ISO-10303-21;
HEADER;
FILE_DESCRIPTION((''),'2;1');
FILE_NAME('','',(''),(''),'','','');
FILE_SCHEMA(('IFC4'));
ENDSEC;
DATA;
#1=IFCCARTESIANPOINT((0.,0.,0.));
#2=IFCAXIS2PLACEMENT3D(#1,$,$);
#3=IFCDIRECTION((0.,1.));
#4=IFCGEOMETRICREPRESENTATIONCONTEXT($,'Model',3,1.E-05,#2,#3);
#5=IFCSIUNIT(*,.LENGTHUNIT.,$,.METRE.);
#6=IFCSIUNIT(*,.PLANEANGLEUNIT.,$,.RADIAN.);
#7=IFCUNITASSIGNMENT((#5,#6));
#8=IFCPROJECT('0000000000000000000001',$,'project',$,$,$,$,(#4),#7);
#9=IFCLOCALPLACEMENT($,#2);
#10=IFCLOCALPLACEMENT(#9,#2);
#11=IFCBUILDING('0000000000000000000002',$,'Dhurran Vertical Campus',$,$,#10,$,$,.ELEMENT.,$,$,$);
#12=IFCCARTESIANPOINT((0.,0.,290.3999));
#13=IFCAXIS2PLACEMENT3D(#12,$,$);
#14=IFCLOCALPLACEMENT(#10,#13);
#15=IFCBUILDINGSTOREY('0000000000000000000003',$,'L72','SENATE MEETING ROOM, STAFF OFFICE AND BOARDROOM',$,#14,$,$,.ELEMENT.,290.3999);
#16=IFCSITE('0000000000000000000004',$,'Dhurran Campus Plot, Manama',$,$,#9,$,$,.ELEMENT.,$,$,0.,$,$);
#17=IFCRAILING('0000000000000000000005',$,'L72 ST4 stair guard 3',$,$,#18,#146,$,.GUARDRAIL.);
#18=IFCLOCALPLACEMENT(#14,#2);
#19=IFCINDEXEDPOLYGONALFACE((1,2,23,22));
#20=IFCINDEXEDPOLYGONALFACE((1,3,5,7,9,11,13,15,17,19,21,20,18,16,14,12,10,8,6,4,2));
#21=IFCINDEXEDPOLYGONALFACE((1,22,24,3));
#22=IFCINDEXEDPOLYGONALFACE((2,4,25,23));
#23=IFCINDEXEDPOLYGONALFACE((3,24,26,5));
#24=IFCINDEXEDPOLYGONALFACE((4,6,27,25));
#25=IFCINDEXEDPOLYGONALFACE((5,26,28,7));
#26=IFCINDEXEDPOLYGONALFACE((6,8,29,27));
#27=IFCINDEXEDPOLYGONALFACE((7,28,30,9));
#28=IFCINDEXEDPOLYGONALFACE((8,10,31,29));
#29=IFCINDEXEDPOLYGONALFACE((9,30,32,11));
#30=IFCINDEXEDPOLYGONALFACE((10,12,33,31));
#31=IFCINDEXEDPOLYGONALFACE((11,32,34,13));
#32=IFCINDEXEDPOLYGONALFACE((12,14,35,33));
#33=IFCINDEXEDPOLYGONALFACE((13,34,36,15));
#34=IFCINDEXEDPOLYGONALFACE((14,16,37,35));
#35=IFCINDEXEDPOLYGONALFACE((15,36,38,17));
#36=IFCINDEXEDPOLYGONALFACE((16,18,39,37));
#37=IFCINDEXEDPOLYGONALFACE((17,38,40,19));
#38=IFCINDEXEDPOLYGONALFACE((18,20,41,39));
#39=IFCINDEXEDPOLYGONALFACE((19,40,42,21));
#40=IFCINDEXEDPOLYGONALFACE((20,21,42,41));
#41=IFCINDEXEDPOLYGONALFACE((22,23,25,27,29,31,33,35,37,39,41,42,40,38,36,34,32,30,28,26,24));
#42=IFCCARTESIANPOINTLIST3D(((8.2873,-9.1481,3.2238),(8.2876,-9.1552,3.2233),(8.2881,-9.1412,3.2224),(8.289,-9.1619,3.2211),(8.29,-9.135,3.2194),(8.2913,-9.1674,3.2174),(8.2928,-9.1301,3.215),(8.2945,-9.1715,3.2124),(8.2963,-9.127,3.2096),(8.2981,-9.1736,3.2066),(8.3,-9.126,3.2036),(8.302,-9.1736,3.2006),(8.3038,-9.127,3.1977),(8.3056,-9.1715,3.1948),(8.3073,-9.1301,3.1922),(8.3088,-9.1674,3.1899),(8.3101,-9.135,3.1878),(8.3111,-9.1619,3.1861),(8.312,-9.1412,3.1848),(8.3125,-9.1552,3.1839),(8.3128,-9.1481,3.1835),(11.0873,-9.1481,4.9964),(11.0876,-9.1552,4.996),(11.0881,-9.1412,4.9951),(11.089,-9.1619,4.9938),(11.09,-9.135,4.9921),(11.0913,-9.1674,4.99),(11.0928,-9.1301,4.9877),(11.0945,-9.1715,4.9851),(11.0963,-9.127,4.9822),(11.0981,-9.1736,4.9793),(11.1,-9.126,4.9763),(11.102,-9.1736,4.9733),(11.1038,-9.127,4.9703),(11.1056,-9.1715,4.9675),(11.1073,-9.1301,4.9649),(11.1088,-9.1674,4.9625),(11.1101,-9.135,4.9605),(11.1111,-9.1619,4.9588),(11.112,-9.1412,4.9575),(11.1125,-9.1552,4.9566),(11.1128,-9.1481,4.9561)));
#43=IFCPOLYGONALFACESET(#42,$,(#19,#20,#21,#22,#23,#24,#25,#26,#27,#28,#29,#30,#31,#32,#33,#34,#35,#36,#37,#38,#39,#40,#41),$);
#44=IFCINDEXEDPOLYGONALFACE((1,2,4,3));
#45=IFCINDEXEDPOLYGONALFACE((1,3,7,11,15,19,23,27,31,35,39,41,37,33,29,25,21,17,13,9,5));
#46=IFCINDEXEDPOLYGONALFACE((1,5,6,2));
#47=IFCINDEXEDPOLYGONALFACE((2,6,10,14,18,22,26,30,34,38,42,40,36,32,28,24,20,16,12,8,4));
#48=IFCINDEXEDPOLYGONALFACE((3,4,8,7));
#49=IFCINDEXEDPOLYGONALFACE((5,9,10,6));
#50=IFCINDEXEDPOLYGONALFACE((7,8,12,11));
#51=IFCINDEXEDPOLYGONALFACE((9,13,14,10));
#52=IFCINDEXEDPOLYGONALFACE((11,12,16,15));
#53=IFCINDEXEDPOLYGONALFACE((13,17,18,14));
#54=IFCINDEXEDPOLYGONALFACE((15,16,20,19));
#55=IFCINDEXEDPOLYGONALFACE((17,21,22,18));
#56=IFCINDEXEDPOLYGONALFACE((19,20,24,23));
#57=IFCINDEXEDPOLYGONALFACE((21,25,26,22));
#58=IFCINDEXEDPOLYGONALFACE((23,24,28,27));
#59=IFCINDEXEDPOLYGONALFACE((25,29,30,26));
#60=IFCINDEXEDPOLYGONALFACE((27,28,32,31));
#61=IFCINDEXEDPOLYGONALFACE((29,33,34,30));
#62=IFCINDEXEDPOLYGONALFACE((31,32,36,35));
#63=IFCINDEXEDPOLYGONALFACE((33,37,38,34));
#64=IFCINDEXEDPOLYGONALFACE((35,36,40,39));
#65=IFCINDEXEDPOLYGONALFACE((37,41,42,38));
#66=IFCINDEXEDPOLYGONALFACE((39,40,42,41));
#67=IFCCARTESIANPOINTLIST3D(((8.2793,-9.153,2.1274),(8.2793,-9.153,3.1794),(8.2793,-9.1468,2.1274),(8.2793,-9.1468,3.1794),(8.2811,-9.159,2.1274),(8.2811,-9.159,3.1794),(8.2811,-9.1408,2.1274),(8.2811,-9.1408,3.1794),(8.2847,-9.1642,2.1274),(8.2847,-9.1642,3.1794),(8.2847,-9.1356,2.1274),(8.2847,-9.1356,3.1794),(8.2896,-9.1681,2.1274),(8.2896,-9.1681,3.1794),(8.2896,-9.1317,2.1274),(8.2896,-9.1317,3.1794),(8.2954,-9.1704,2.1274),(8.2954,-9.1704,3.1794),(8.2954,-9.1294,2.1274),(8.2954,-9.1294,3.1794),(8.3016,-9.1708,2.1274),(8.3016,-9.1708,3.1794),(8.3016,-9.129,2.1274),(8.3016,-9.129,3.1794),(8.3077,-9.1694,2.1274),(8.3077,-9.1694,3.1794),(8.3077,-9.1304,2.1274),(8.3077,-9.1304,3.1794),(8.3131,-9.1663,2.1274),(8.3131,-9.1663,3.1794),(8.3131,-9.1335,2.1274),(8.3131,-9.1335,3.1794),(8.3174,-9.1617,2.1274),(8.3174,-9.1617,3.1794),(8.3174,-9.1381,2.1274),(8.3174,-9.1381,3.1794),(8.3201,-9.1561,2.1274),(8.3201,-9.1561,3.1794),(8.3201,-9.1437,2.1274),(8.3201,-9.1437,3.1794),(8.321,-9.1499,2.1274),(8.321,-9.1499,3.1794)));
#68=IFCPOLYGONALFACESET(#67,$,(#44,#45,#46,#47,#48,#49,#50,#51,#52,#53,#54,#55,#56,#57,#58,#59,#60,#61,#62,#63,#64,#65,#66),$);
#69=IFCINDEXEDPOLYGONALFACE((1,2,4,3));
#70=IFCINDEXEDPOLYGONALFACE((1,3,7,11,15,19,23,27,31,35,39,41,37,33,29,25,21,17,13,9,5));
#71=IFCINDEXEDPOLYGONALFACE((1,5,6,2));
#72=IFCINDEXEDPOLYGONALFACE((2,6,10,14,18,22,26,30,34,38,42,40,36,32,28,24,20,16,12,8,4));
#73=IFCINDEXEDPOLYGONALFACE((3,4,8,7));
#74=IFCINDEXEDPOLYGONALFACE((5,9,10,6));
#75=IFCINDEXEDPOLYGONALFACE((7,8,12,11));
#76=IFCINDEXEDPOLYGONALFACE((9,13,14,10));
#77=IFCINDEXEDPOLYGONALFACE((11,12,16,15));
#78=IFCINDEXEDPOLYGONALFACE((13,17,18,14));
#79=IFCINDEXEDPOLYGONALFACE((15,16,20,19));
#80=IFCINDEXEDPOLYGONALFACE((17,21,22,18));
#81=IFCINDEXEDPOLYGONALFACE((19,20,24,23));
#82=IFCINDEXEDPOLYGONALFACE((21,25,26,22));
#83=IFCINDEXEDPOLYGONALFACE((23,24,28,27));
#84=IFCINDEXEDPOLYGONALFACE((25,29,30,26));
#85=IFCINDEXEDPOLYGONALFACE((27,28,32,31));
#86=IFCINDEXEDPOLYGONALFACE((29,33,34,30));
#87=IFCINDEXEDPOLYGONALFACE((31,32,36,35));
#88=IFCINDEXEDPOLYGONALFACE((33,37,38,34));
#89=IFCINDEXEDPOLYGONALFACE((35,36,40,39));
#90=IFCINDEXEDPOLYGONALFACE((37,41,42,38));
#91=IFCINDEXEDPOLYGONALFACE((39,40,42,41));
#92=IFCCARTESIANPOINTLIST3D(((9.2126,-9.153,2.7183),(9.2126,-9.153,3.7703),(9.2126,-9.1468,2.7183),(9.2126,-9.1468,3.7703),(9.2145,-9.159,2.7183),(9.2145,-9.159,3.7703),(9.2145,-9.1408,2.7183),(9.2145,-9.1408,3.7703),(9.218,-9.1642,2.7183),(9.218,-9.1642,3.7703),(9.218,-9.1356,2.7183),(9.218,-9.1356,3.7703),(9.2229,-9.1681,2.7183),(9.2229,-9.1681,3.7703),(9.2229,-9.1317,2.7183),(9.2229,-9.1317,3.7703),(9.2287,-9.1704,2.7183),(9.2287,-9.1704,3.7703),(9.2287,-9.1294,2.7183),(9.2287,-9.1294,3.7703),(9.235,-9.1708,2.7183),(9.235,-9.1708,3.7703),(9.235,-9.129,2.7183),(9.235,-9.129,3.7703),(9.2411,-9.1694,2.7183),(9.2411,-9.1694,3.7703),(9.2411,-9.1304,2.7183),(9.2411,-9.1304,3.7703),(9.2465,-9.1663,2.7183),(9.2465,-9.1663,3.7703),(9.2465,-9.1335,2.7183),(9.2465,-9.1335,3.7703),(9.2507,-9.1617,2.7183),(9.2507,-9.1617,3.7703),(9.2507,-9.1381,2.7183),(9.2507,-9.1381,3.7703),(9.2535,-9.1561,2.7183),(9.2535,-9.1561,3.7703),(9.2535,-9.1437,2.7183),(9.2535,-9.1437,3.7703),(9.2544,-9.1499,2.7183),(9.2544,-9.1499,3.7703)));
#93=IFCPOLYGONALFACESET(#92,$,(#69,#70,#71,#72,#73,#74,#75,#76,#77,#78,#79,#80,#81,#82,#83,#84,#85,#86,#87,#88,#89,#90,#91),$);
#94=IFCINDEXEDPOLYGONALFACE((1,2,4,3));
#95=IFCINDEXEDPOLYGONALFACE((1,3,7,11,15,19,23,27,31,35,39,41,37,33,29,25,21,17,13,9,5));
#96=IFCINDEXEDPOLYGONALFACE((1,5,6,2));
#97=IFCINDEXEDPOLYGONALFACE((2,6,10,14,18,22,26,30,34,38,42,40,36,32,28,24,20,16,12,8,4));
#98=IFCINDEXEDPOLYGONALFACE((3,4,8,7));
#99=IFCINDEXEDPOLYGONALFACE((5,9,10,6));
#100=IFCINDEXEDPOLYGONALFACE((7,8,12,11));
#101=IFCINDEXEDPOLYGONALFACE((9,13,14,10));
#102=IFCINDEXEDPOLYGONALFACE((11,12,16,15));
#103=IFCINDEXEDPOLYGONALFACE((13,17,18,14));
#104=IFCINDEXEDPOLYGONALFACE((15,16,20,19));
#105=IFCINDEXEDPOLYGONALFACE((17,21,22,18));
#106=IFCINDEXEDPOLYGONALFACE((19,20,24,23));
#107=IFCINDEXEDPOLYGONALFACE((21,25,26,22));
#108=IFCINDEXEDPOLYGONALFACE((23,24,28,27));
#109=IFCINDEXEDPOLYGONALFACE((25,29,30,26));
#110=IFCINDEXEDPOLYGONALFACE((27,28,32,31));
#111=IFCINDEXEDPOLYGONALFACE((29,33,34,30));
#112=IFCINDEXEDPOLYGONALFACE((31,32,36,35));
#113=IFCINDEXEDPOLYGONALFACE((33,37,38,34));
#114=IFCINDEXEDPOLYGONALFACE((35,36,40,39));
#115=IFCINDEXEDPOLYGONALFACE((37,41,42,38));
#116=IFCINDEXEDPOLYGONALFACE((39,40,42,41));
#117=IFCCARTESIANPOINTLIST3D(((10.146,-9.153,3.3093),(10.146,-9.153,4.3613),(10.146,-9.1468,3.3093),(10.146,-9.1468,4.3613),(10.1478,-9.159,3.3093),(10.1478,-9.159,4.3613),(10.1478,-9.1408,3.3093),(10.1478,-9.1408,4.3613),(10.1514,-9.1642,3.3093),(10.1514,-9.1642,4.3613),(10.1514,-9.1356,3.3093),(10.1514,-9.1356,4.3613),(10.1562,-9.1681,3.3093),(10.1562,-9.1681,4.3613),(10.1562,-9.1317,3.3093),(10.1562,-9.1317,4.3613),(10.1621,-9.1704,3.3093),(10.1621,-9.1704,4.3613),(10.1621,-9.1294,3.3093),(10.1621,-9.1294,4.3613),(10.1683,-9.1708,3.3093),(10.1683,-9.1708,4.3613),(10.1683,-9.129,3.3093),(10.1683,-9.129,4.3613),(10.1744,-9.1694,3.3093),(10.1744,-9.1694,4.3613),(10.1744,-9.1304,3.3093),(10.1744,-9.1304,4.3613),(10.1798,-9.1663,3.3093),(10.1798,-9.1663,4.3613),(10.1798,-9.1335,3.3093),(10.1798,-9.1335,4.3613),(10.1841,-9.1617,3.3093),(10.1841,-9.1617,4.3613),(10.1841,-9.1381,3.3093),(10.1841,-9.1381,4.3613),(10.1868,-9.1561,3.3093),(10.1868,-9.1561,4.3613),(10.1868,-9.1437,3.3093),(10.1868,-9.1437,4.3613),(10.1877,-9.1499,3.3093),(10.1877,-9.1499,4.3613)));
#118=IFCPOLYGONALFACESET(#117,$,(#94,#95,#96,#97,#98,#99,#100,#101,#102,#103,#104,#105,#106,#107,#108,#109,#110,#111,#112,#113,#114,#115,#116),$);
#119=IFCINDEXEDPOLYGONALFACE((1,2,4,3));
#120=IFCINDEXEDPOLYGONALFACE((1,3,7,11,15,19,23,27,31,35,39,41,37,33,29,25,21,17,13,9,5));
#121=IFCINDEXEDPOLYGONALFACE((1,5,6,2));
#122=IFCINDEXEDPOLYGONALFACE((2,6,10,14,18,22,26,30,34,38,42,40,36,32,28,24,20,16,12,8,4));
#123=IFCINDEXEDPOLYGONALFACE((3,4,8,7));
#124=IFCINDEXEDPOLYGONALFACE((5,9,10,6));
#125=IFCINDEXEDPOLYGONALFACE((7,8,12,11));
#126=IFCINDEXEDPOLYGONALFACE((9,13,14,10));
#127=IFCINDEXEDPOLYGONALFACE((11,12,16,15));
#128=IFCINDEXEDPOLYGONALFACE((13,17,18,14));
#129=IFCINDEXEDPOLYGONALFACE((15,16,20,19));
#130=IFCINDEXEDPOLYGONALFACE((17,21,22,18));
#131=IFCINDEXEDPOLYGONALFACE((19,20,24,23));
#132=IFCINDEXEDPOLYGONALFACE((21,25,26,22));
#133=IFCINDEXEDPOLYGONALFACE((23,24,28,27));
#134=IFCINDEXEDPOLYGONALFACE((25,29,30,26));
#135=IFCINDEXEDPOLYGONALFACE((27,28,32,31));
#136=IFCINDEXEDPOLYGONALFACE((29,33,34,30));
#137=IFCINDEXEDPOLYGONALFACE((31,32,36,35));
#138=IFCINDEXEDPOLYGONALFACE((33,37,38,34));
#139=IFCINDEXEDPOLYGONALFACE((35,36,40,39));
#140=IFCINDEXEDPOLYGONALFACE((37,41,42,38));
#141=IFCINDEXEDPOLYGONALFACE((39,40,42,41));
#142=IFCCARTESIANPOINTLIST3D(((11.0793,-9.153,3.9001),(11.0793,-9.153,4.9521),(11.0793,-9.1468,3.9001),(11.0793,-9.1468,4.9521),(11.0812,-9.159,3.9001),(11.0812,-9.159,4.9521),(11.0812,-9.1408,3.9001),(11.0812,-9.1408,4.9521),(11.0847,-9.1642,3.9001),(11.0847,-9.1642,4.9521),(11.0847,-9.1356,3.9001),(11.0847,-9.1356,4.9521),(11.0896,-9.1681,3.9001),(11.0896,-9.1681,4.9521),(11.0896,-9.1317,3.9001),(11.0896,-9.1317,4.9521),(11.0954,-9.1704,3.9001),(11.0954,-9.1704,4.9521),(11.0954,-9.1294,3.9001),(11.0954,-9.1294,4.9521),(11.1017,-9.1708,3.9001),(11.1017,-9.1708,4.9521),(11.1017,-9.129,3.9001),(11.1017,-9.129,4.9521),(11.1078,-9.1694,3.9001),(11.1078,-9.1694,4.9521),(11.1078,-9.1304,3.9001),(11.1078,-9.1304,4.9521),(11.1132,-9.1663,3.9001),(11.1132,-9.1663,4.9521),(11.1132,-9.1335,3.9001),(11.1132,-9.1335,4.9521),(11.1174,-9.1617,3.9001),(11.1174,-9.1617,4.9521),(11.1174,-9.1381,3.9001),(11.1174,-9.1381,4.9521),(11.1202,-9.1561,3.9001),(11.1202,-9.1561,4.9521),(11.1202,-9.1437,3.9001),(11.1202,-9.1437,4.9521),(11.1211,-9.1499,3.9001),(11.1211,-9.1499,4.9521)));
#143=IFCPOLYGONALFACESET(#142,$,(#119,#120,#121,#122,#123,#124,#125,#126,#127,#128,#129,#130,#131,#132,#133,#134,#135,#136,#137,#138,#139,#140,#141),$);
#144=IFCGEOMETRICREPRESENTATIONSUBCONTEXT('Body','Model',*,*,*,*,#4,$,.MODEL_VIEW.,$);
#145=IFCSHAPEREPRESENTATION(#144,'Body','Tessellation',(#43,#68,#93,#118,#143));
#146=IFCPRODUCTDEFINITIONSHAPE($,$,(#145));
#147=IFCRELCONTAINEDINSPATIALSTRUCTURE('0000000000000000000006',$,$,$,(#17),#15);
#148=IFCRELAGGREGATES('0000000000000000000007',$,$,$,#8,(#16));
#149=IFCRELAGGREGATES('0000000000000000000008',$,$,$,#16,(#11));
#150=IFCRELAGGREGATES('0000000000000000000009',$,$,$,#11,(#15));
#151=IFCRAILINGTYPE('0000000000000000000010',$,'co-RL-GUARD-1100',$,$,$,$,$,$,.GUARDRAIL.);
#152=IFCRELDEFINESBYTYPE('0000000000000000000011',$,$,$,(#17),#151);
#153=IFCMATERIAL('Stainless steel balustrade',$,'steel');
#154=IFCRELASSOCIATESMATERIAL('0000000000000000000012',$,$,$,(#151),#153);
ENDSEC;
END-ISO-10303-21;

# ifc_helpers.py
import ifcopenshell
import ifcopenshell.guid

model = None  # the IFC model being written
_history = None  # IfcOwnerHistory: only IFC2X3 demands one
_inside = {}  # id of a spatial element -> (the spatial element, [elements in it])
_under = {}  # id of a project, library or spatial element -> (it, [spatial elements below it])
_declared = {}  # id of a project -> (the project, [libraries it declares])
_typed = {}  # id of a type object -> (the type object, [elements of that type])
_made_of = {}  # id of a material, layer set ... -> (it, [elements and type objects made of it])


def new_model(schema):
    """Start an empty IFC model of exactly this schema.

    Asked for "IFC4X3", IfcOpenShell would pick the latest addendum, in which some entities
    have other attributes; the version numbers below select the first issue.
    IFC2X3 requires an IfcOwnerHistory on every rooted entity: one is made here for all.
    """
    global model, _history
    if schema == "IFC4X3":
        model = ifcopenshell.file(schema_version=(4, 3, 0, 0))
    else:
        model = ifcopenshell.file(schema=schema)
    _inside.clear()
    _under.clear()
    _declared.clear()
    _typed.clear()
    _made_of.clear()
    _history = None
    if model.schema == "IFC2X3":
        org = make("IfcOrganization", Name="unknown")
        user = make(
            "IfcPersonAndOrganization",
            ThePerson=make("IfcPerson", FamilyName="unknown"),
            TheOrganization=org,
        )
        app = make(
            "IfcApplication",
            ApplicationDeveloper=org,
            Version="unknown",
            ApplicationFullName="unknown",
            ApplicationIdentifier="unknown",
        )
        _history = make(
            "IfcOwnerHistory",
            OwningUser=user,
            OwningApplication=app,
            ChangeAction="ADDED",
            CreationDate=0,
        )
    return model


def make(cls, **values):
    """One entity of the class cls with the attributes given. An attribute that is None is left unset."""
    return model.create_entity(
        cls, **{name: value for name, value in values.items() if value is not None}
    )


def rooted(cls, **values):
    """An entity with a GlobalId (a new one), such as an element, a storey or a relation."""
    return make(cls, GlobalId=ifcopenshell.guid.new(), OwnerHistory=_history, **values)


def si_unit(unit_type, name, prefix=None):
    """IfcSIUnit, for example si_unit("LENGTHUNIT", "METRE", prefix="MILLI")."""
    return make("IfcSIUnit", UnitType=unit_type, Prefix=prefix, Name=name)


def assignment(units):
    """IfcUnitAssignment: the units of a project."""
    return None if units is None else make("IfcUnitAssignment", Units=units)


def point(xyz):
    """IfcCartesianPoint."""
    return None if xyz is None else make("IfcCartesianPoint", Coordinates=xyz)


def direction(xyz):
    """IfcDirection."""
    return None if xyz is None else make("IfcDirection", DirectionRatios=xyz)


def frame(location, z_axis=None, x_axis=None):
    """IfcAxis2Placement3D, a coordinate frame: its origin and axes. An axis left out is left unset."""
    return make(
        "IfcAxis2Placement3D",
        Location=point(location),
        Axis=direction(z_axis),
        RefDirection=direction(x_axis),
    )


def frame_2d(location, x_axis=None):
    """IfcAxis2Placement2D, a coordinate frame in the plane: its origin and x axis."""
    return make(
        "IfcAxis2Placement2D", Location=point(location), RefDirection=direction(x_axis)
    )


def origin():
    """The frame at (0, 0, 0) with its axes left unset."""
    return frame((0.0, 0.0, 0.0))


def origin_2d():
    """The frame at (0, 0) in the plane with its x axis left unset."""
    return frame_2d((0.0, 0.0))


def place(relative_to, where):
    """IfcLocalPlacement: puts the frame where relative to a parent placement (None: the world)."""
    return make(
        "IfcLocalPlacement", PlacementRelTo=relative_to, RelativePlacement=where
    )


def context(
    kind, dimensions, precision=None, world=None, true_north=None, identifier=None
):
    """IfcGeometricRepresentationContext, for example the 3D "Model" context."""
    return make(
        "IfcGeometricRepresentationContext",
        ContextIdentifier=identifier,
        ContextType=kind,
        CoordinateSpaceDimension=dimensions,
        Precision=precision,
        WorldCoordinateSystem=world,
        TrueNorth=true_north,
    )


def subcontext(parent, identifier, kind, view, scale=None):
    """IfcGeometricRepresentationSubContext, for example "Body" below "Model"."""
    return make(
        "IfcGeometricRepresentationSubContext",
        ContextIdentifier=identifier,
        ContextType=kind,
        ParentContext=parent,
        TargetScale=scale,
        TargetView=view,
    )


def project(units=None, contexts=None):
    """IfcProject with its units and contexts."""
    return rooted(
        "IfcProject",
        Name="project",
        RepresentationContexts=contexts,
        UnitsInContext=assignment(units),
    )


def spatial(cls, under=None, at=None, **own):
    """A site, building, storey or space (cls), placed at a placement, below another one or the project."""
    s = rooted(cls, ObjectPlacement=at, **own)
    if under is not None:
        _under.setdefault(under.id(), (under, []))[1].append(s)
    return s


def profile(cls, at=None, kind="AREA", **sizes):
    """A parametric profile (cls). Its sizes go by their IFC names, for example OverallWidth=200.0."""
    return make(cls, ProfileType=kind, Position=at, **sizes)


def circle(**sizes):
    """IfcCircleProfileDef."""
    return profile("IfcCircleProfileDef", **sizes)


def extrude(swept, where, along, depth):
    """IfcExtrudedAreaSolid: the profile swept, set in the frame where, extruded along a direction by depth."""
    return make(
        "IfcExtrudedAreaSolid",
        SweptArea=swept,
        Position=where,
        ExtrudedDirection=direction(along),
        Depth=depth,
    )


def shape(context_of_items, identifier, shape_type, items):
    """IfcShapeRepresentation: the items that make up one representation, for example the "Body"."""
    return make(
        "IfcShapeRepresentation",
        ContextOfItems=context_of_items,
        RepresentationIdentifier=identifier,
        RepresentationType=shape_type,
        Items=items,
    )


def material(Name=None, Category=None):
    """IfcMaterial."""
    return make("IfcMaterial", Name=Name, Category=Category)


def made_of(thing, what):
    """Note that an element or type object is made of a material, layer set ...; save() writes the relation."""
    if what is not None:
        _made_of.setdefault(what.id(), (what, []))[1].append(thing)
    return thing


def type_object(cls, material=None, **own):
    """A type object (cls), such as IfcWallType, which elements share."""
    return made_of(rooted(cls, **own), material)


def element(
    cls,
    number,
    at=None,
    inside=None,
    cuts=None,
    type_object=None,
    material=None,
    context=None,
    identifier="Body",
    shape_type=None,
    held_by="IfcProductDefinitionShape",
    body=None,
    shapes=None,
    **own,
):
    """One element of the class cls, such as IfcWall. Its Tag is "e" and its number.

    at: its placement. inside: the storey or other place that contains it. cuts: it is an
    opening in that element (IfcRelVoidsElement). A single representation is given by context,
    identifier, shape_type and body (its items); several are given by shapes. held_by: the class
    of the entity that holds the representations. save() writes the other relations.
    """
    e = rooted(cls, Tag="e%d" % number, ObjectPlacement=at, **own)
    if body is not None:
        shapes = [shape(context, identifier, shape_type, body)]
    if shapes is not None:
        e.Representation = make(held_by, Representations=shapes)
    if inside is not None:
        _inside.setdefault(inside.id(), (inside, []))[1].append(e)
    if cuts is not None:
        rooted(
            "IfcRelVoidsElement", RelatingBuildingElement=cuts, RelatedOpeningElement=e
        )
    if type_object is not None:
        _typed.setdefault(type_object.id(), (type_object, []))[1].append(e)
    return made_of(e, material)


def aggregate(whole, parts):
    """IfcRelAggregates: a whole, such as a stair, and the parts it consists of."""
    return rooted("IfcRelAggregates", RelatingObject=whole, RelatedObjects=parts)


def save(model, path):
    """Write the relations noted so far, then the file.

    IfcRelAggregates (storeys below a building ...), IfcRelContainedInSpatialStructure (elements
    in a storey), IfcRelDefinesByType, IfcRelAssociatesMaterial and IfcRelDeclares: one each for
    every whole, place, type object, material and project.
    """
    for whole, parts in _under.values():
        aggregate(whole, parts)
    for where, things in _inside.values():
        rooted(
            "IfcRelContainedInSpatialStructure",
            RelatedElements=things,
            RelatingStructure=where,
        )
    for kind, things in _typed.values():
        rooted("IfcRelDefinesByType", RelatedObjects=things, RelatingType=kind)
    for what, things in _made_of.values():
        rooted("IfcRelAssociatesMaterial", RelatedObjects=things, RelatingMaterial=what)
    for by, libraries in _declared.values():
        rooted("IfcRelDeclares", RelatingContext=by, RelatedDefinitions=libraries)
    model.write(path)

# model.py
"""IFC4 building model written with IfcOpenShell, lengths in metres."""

from ifc_helpers import new_model, si_unit, direction, frame, origin, origin_2d, place, context, subcontext, project, spatial, circle, extrude, material, type_object, element, save


model = new_model("IFC4")

# Units and contexts
model_context = context("Model", 3, precision=1e-05, world=origin(), true_north=direction((0.0, 1.0)))
body_context = subcontext(model_context, "Body", "Model", "MODEL_VIEW")
ifc_project = project(units=[si_unit("LENGTHUNIT", "METRE"), si_unit("PLANEANGLEUNIT", "RADIAN")], contexts=[model_context])

# Site, building, storey
site_placement = place(None, origin())
site = spatial("IfcSite", under=ifc_project, at=site_placement, Name="Dhurran Campus Plot, Manama", CompositionType="ELEMENT", RefElevation=0.0)
building_placement = place(site_placement, origin())
building = spatial("IfcBuilding", under=site, at=building_placement, Name="Dhurran Vertical Campus", CompositionType="ELEMENT")
storey_placement = place(building_placement, frame((0.0, 0.0, 290.3999)))
storey = spatial("IfcBuildingStorey", under=building, at=storey_placement, Name="L72", Description="SENATE MEETING ROOM, STAFF OFFICE AND BOARDROOM", CompositionType="ELEMENT", Elevation=290.3999)

# Railing
ifc_material_1 = material(Name="Stainless steel balustrade", Category="steel")
railing_type_1 = type_object("IfcRailingType", Name="co-RL-GUARD-1100", PredefinedType="GUARDRAIL", material=ifc_material_1)
railing_1_placement = place(storey_placement, frame((8.3, -9.1499, 2.1274)))
element("IfcRailing", 1, at=railing_1_placement, inside=storey, type_object=railing_type_1, Name="L72 ST4 stair guard 3", PredefinedType="GUARDRAIL", context=body_context, shape_type="SweptSolid", body=[
    extrude(circle(Radius=0.0239, at=origin_2d()), frame((0.0, 0.0, 1.0762), z_axis=(0.844909, 0.0, 0.53491), x_axis=(0.0, 1.0, 0.0)), (0.0, 0.0, 1.0), 3.314),
    extrude(circle(Radius=0.021, at=origin_2d()), origin(), (0.0, 0.0, 1.0), 1.052),
    extrude(circle(Radius=0.021, at=origin_2d()), frame((0.9333, 0.0, 0.5908)), (0.0, 0.0, 1.0), 1.052),
    extrude(circle(Radius=0.021, at=origin_2d()), frame((1.8667, 0.0, 1.1819)), (0.0, 0.0, 1.0), 1.052),
    extrude(circle(Radius=0.021, at=origin_2d()), frame((2.8, 0.0, 1.7727)), (0.0, 0.0, 1.0), 1.052),
])

save(model, "model.ifc")
